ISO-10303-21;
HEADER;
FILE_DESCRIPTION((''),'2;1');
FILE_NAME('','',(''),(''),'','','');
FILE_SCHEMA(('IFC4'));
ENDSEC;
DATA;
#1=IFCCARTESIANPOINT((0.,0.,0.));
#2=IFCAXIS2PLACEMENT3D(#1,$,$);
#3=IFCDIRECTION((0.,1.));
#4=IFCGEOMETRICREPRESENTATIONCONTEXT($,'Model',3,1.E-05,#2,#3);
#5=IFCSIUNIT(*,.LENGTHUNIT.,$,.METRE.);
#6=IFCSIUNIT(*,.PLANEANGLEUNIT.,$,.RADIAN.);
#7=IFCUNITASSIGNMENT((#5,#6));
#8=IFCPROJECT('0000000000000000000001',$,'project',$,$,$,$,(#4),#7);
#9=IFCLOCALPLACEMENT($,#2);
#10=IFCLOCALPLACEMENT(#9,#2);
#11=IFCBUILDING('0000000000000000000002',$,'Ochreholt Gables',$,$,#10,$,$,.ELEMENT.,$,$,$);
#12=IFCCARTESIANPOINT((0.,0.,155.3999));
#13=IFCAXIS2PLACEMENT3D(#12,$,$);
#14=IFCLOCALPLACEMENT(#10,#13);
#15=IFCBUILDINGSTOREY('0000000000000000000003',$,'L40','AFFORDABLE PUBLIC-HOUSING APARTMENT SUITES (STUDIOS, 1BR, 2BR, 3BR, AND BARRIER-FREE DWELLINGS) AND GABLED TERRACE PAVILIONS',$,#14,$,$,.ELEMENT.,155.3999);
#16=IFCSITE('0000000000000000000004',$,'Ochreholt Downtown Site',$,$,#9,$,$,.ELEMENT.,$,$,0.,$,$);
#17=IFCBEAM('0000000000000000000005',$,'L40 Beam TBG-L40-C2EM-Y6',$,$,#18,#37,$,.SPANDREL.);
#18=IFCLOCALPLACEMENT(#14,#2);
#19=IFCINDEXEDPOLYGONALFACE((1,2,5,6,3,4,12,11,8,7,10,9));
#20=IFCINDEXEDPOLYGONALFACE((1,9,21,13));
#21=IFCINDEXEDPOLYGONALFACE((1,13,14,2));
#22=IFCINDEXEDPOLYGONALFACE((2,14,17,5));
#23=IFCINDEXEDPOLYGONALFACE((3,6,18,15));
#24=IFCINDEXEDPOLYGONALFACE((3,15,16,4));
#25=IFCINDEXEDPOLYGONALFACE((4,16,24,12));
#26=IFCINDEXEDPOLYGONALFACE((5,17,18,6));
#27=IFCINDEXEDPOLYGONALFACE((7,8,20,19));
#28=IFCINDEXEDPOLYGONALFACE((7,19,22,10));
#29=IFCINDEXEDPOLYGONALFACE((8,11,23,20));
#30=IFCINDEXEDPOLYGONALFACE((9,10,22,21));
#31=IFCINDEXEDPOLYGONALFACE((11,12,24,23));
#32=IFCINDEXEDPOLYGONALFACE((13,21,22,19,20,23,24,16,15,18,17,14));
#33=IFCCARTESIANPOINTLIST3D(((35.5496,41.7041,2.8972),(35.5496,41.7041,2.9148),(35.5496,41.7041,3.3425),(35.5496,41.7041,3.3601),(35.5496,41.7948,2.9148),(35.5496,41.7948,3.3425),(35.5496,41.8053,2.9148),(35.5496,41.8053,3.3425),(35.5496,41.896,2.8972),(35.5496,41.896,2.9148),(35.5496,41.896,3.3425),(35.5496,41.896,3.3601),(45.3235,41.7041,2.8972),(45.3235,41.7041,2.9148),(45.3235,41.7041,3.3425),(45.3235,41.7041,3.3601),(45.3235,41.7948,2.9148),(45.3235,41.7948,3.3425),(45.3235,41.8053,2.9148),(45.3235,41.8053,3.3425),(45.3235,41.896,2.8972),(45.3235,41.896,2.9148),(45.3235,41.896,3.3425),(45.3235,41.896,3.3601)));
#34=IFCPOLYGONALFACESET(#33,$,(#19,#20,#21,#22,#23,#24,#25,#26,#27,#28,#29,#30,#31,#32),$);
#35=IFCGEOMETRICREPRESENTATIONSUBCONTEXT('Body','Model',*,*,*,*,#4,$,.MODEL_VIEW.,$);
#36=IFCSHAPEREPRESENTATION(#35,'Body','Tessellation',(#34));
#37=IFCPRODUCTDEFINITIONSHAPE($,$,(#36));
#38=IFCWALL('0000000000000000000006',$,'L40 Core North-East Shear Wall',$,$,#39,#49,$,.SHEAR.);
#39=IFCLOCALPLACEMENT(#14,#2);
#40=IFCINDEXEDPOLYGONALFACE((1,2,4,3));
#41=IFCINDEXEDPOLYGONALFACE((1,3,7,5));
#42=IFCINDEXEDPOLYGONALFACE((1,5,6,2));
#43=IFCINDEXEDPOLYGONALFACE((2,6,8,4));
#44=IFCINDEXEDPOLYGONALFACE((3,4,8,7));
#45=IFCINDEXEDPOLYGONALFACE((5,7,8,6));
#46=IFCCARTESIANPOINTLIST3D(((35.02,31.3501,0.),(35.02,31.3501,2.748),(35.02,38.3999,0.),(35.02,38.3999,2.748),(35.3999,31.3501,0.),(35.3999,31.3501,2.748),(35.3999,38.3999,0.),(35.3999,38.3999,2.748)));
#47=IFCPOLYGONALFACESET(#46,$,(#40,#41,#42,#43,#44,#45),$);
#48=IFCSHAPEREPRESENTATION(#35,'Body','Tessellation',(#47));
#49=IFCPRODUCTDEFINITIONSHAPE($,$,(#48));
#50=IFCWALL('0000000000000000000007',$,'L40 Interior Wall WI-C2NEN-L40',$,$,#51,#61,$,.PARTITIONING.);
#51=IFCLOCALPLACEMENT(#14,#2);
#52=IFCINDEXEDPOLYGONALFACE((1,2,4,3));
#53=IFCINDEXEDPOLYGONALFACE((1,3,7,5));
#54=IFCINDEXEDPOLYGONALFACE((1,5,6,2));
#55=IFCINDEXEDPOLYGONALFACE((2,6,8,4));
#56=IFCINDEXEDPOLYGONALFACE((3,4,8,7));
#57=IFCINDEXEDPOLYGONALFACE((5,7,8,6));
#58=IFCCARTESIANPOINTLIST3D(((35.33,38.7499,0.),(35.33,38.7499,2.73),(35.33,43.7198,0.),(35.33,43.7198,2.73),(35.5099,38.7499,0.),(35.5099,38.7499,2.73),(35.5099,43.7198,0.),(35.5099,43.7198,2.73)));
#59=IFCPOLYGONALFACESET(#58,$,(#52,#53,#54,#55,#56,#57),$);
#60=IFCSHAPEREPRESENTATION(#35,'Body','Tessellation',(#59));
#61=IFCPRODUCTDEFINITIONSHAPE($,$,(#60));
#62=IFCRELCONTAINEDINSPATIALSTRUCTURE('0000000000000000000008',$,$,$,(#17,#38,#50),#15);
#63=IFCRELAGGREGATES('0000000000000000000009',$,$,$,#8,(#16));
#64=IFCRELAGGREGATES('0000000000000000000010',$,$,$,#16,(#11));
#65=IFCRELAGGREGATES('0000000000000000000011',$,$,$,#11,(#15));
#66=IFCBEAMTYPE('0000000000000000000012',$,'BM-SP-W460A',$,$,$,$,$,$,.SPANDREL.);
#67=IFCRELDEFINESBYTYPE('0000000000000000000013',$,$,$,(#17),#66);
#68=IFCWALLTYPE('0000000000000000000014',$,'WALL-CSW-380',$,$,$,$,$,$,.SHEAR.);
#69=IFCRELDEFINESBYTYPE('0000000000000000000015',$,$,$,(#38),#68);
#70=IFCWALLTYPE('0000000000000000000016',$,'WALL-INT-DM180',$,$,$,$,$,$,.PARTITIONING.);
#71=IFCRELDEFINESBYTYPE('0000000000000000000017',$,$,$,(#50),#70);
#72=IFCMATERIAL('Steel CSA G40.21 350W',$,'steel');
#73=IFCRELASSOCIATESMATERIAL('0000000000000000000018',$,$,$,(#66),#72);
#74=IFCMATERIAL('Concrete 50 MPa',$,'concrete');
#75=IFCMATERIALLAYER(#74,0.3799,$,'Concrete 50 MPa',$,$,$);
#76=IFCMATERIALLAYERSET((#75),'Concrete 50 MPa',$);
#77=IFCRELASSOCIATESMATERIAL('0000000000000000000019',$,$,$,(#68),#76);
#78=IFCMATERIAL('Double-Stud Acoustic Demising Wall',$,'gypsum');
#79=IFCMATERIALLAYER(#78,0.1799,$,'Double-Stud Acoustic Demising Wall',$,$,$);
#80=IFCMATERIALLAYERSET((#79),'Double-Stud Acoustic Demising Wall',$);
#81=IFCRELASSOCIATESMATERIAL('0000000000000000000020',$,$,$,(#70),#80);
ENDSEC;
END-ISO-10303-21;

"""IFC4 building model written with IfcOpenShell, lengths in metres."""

from ifc_helpers import new_model, si_unit, direction, frame, frame_2d, origin, origin_2d, place, context, subcontext, project, spatial, rectangle, i_section, extrude, material, layer, layer_set, material_profile, profile_set, type_object, element, save


model = new_model("IFC4")

# Units and contexts
model_context = context("Model", 3, precision=1e-05, world=origin(), true_north=direction((0.0, 1.0)))
body_context = subcontext(model_context, "Body", "Model", "MODEL_VIEW")
ifc_project = project(units=[si_unit("LENGTHUNIT", "METRE"), si_unit("PLANEANGLEUNIT", "RADIAN")], contexts=[model_context])

# Site, building, storey
site_placement = place(None, origin())
site = spatial("IfcSite", under=ifc_project, at=site_placement, Name="Ochreholt Downtown Site", CompositionType="ELEMENT", RefElevation=0.0)
building_placement = place(site_placement, origin())
building = spatial("IfcBuilding", under=site, at=building_placement, Name="Ochreholt Gables", CompositionType="ELEMENT")
storey_placement = place(building_placement, frame((0.0, 0.0, 155.3999)))
storey = spatial("IfcBuildingStorey", under=building, at=storey_placement, Name="L40", Description="AFFORDABLE PUBLIC-HOUSING APARTMENT SUITES (STUDIOS, 1BR, 2BR, 3BR, AND BARRIER-FREE DWELLINGS) AND GABLED TERRACE PAVILIONS", CompositionType="ELEMENT", Elevation=155.3999)

# Shared definitions
ifc_material_1 = material(Name="Steel CSA G40.21 350W", Category="steel")
ifc_material_2 = material(Name="Concrete 50 MPa", Category="concrete")

# Beam
ifc_material_profile_1 = material_profile(ifc_material_1, i_section(OverallWidth=0.1919, OverallDepth=0.4629, WebThickness=0.0105, FlangeThickness=0.0176, at=origin_2d()), Name="W460X89")
ifc_profile_set_1 = profile_set([ifc_material_profile_1], Name="Steel CSA G40.21 350W")
beam_type_1 = type_object("IfcBeamType", Name="BM-SP-W460A", PredefinedType="SPANDREL", material=ifc_profile_set_1)
beam_1_placement = place(storey_placement, frame((35.5496, 41.8, 3.1287), z_axis=(1.0, 0.0, 0.0), x_axis=(0.0, 1.0, 0.0)))
element("IfcBeam", 1, at=beam_1_placement, inside=storey, type_object=beam_type_1, Name="L40 Beam TBG-L40-C2EM-Y6", PredefinedType="SPANDREL", context=body_context, shape_type="SweptSolid", body=[
    extrude(i_section(OverallWidth=0.1919, OverallDepth=0.4629, WebThickness=0.0105, FlangeThickness=0.0176, at=origin_2d()), origin(), (0.0, 0.0, 1.0), 9.7739),
])

# Walls
ifc_layer_1 = layer(ifc_material_2, 0.3799, Name="Concrete 50 MPa")
ifc_layer_set_1 = layer_set([ifc_layer_1], Name="Concrete 50 MPa")
wall_type_1 = type_object("IfcWallType", Name="WALL-CSW-380", PredefinedType="SHEAR", material=ifc_layer_set_1)
wall_1_placement = place(storey_placement, frame((35.21, 31.3501, 0.0), z_axis=(0.0, 0.0, 1.0), x_axis=(0.0, 1.0, 0.0)))
element("IfcWall", 2, at=wall_1_placement, inside=storey, type_object=wall_type_1, Name="L40 Core North-East Shear Wall", PredefinedType="SHEAR", context=body_context, shape_type="SweptSolid", body=[
    extrude(rectangle(XDim=7.0498, YDim=0.3799, at=frame_2d((3.5249, 0.0))), origin(), (0.0, 0.0, 1.0), 2.748),
])
ifc_material_3 = material(Name="Double-Stud Acoustic Demising Wall", Category="gypsum")
ifc_layer_2 = layer(ifc_material_3, 0.1799, Name="Double-Stud Acoustic Demising Wall")
ifc_layer_set_2 = layer_set([ifc_layer_2], Name="Double-Stud Acoustic Demising Wall")
wall_type_2 = type_object("IfcWallType", Name="WALL-INT-DM180", PredefinedType="PARTITIONING", material=ifc_layer_set_2)
wall_2_placement = place(storey_placement, frame((35.4199, 38.75, 0.0), z_axis=(0.0, 0.0, 1.0), x_axis=(0.0, 1.0, 0.0)))
element("IfcWall", 3, at=wall_2_placement, inside=storey, type_object=wall_type_2, Name="L40 Interior Wall WI-C2NEN-L40", PredefinedType="PARTITIONING", context=body_context, shape_type="SweptSolid", body=[
    extrude(rectangle(XDim=4.97, YDim=0.1799, at=frame_2d((2.4849, 0.0))), origin(), (0.0, 0.0, 1.0), 2.73),
])

save(model, "model.ifc")
